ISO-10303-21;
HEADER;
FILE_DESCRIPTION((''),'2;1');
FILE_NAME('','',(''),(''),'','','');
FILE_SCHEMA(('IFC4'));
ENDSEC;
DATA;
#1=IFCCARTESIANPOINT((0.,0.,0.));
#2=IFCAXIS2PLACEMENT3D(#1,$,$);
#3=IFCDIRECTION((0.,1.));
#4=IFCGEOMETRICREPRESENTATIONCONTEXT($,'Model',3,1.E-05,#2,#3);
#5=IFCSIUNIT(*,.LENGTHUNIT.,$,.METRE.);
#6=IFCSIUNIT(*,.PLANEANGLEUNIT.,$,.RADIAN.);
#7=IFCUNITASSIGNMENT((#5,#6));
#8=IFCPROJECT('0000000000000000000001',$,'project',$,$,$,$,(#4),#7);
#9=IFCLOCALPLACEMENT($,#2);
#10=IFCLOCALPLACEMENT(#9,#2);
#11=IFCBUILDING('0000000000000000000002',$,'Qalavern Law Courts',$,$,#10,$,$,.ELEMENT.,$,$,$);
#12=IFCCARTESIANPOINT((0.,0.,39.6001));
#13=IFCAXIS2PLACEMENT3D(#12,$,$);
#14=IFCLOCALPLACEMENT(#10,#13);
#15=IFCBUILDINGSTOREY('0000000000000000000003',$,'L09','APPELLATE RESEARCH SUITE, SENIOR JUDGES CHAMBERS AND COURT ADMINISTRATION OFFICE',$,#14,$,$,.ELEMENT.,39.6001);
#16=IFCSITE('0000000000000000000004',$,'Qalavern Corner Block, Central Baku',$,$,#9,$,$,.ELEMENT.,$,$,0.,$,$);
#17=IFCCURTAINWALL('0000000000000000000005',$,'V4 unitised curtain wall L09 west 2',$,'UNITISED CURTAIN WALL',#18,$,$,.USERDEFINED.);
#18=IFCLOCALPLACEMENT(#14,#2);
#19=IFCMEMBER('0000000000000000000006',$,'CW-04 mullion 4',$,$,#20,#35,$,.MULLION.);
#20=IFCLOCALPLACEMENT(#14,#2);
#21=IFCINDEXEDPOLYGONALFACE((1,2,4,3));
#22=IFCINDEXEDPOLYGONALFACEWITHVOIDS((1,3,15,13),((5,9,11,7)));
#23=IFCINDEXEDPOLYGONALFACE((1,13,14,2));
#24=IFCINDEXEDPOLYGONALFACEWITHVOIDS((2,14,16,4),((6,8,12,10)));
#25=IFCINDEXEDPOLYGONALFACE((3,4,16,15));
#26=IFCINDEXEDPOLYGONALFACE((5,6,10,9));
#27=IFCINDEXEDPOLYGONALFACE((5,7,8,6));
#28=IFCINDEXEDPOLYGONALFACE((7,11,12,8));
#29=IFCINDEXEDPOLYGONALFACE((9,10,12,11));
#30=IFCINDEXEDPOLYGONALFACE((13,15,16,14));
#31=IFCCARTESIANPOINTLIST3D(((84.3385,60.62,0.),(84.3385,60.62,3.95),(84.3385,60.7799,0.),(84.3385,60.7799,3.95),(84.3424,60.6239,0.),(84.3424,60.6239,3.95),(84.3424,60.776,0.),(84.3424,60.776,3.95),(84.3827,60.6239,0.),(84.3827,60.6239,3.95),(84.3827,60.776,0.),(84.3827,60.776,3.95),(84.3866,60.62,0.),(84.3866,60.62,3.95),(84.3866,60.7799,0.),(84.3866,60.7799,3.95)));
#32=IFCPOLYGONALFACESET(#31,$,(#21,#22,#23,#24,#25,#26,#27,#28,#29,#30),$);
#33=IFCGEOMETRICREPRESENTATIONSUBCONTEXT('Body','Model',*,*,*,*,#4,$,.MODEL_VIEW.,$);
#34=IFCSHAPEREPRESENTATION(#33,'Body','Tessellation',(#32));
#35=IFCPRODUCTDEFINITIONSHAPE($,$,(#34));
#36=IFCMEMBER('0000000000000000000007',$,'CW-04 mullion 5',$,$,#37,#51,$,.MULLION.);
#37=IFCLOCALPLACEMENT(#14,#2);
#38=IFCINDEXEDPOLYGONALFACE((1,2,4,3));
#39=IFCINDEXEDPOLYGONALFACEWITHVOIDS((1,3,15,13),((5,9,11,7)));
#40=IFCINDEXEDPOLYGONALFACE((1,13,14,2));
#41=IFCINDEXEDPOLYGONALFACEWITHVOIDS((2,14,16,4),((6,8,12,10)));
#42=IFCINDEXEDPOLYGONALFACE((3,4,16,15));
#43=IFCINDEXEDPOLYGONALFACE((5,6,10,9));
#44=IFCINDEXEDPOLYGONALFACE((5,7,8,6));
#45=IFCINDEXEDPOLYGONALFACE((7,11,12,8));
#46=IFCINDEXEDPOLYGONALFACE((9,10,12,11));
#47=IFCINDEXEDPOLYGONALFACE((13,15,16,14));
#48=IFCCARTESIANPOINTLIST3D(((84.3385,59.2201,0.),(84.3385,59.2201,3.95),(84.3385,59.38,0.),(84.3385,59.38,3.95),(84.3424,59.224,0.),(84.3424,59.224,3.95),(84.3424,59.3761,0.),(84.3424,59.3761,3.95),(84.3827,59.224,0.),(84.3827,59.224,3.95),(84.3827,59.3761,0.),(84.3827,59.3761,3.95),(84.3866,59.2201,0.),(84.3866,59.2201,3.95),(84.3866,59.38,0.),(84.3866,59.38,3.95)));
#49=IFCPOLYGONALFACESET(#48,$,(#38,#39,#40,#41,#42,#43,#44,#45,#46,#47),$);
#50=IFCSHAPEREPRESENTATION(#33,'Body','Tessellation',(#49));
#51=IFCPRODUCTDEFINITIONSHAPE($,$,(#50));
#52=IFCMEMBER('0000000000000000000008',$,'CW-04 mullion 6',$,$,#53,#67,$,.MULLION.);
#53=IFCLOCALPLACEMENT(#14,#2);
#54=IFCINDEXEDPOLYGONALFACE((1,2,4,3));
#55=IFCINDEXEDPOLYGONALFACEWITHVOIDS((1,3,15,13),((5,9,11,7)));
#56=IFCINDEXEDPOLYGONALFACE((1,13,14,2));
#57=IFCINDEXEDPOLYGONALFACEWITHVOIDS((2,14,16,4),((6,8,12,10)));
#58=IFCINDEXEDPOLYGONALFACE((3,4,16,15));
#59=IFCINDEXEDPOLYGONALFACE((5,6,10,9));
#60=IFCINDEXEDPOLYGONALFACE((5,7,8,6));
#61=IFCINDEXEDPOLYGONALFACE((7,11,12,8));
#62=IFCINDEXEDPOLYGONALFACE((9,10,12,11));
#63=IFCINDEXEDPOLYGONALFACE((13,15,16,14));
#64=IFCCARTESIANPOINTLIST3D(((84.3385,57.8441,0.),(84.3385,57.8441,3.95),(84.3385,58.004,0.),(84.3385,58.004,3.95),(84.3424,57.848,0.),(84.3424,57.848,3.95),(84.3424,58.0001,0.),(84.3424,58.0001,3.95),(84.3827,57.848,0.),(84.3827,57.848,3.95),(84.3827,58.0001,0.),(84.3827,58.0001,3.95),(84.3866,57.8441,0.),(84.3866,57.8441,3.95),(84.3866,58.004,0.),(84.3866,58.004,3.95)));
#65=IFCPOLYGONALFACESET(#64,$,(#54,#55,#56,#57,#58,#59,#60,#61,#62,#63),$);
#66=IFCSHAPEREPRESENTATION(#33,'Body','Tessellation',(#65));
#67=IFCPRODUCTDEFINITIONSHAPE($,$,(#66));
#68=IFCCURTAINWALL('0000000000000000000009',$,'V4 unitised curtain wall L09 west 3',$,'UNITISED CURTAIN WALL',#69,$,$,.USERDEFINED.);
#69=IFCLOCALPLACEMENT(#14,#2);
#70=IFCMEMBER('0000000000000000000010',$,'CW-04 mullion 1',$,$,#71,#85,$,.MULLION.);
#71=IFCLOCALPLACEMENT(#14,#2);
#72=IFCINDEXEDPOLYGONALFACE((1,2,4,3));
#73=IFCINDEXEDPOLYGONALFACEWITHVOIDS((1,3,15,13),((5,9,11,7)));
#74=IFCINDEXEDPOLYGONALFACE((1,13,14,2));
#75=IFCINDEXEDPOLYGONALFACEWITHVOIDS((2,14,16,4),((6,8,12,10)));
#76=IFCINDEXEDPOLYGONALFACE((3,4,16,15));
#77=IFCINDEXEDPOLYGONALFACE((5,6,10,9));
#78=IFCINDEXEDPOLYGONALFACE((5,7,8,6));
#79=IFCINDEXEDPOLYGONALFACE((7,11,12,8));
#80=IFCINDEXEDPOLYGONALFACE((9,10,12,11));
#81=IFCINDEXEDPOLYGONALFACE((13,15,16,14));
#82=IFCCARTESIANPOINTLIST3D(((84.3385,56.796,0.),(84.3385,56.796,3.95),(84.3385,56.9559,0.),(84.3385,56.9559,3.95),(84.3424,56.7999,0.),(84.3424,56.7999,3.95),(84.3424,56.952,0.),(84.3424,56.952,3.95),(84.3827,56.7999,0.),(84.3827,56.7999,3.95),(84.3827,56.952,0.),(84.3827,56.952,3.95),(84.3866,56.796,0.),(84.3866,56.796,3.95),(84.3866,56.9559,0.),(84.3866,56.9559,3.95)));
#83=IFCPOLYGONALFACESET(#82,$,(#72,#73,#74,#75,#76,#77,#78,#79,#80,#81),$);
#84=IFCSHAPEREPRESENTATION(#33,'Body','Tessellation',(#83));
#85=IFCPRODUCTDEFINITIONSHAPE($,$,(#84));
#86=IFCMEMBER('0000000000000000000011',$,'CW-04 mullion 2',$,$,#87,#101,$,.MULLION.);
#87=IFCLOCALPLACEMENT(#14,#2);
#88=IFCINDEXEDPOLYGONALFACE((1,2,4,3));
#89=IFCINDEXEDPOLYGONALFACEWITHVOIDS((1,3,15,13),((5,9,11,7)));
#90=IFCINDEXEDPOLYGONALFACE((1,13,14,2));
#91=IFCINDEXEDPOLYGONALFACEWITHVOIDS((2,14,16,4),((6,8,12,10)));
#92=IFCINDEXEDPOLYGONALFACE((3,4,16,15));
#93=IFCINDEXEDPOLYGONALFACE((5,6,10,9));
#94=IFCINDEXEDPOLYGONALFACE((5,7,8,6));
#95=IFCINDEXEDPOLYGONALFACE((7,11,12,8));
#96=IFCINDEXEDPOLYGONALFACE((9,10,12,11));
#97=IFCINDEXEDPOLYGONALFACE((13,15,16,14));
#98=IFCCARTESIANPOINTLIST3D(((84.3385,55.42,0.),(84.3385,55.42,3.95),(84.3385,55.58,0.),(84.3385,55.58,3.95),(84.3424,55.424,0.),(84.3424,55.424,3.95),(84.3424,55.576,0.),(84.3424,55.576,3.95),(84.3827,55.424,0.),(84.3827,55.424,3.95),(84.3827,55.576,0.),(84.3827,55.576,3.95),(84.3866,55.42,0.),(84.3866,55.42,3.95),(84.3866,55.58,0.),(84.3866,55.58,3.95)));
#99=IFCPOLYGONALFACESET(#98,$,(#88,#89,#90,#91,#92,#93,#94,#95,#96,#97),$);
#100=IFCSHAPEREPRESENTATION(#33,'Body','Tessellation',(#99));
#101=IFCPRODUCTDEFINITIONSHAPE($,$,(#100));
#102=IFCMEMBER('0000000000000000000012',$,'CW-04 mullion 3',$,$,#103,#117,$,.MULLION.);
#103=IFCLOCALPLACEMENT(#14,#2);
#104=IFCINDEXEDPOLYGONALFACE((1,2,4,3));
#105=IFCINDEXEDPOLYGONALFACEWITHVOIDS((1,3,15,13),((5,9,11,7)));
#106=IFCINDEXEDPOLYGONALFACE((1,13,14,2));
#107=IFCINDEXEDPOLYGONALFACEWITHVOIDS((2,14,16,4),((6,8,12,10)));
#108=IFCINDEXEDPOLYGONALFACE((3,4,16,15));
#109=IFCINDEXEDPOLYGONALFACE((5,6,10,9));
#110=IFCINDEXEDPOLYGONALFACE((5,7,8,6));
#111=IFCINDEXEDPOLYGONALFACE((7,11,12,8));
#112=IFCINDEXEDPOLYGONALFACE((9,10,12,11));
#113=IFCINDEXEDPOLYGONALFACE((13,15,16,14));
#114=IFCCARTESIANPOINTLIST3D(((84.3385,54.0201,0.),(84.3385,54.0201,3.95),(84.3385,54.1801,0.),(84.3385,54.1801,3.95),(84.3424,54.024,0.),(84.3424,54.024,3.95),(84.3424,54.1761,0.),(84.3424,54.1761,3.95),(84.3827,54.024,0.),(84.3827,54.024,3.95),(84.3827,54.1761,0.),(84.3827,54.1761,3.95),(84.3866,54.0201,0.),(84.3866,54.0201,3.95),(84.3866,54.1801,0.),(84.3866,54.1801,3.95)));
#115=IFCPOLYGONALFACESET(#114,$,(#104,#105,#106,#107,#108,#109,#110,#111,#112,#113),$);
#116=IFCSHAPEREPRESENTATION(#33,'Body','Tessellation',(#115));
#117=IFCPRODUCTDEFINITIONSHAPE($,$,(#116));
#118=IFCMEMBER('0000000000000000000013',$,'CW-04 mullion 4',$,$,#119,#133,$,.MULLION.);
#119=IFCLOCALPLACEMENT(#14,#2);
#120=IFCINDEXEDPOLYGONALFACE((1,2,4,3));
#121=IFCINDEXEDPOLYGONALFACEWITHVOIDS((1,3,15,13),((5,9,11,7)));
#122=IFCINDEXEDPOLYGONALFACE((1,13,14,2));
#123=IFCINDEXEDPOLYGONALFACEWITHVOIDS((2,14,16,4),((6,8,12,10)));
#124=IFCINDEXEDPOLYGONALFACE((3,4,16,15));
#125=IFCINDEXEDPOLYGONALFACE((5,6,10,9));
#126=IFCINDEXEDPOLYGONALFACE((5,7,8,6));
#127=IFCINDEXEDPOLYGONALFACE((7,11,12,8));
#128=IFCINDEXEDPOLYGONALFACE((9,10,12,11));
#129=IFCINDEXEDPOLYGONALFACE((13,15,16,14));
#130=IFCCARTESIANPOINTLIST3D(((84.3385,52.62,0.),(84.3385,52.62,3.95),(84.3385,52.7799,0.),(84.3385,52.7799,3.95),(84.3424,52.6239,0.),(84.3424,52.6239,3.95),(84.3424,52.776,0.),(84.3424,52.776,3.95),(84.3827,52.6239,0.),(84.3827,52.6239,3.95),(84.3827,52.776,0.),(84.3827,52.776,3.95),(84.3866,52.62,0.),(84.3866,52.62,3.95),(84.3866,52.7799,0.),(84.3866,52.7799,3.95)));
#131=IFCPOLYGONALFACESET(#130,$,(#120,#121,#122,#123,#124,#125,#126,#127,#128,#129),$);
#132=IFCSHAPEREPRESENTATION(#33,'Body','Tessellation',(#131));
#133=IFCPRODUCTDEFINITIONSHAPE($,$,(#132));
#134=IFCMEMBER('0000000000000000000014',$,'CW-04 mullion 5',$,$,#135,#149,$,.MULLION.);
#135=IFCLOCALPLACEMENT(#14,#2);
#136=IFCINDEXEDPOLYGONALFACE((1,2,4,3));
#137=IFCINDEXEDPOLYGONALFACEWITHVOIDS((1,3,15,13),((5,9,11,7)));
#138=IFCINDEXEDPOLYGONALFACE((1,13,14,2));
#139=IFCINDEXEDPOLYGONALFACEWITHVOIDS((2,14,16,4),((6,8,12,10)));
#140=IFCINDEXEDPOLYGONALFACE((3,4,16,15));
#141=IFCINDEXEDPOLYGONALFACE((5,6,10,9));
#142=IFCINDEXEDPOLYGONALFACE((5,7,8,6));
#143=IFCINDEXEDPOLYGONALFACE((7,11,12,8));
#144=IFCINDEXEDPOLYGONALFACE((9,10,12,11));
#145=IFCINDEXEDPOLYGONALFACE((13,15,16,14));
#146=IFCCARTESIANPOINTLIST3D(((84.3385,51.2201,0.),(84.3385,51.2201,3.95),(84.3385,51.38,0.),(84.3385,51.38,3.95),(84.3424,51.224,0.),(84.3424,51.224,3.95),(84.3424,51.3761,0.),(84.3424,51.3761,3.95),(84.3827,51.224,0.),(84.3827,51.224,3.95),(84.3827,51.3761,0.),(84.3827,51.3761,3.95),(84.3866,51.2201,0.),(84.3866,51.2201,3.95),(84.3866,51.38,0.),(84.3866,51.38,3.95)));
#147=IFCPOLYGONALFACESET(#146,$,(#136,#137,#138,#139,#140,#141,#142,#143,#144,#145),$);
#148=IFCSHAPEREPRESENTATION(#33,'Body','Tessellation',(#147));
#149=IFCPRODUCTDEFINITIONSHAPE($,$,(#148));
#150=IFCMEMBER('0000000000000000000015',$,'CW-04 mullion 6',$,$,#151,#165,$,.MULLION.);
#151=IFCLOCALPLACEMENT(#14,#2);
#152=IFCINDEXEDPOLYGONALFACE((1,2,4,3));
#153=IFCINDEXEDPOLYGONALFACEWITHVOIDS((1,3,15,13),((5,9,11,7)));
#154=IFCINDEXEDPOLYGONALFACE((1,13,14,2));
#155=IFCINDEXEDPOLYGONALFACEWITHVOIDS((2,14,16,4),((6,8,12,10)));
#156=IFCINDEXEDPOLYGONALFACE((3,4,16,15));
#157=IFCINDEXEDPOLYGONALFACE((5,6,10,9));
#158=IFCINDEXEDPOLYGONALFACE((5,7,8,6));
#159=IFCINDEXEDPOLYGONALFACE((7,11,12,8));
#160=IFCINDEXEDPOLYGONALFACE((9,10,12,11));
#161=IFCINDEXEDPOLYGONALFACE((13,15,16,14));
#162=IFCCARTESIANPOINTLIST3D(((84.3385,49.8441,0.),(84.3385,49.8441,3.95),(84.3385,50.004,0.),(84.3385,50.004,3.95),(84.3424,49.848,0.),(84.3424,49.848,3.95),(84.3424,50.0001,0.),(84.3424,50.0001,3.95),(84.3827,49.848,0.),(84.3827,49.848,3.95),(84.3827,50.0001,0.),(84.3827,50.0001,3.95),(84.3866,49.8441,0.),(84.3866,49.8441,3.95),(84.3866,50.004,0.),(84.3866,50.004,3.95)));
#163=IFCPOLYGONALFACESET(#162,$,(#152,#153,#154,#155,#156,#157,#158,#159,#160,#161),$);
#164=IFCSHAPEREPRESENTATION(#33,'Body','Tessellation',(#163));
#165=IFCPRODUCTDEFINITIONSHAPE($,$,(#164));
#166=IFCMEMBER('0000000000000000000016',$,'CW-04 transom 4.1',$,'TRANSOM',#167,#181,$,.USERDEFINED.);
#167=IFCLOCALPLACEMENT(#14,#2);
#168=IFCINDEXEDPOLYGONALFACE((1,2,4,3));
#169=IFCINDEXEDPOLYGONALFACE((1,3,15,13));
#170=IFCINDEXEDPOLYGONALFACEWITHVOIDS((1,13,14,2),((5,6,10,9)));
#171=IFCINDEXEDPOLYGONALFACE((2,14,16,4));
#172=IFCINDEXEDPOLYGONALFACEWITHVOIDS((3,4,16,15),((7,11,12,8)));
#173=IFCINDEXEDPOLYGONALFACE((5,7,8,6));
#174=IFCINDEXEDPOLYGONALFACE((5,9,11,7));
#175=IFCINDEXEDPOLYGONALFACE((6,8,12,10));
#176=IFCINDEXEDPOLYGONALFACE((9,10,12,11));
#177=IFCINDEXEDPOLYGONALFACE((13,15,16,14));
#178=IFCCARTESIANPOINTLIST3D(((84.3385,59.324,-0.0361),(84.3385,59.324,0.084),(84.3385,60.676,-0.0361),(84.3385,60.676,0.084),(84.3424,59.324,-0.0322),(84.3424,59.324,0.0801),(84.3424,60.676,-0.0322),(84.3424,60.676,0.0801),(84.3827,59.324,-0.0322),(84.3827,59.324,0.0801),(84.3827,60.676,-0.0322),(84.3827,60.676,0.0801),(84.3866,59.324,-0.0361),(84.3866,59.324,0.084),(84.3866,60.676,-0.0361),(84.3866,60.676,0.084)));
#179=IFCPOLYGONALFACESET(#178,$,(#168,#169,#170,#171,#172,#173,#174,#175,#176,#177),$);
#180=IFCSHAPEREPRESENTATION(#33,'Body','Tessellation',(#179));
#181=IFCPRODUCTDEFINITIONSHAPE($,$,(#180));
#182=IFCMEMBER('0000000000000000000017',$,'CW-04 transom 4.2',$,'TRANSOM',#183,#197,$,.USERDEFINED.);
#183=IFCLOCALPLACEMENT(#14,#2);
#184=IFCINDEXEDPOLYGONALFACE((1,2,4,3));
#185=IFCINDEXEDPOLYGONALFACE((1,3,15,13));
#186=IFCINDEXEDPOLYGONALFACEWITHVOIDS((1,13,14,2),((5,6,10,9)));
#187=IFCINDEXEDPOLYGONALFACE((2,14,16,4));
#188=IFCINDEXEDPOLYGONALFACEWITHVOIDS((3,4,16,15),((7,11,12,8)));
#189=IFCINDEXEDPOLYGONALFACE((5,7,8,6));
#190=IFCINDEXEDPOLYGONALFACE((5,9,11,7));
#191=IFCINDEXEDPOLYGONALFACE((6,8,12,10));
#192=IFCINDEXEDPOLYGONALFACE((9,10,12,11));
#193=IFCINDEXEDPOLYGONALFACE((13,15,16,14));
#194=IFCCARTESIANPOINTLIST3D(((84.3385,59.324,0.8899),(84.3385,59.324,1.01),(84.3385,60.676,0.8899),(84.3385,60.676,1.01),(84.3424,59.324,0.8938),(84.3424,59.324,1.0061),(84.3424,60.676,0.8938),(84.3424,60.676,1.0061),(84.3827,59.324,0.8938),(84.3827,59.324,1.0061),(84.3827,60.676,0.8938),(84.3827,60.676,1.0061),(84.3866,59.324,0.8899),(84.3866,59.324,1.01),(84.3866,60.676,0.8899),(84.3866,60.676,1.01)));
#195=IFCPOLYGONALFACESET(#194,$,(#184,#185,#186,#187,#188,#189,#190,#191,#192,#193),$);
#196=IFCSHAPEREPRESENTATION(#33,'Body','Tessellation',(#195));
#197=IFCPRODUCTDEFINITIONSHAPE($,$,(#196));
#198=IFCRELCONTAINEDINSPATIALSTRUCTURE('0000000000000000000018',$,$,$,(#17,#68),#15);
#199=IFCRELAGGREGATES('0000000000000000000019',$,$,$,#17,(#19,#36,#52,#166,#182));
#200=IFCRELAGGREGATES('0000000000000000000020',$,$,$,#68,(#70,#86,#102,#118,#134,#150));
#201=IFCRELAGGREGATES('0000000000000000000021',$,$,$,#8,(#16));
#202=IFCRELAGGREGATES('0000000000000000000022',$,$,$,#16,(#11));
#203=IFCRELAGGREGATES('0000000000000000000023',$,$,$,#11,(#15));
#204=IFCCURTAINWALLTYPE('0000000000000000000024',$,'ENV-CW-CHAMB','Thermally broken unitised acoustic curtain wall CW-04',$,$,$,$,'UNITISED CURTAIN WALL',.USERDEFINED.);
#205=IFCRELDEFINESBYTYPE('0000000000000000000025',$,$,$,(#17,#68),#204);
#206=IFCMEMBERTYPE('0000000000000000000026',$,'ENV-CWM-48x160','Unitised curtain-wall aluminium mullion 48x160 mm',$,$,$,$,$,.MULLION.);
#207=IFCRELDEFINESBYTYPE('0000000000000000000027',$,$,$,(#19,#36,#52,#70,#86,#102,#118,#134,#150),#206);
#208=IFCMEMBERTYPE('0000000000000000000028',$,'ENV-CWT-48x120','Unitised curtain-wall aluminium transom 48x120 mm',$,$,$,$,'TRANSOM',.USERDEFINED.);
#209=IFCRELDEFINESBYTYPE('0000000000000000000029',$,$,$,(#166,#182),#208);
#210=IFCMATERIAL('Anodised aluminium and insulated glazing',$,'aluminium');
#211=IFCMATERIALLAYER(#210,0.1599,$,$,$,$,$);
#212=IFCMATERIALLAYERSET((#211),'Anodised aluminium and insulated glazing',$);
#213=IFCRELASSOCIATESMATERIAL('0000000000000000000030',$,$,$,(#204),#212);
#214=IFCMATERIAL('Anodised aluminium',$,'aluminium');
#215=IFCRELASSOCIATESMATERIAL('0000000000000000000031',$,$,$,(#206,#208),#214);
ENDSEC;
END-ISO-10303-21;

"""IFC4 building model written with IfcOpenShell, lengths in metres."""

from ifc_helpers import new_model, si_unit, direction, frame, origin, origin_2d, place, context, subcontext, project, spatial, hollow_rectangle, extrude, material, layer, layer_set, material_profile, profile_set, type_object, element, aggregate, save


model = new_model("IFC4")

# Units and contexts
model_context = context("Model", 3, precision=1e-05, world=origin(), true_north=direction((0.0, 1.0)))
body_context = subcontext(model_context, "Body", "Model", "MODEL_VIEW")
ifc_project = project(units=[si_unit("LENGTHUNIT", "METRE"), si_unit("PLANEANGLEUNIT", "RADIAN")], contexts=[model_context])

# Site, building, storey
site_placement = place(None, origin())
site = spatial("IfcSite", under=ifc_project, at=site_placement, Name="Qalavern Corner Block, Central Baku", CompositionType="ELEMENT", RefElevation=0.0)
building_placement = place(site_placement, origin())
building = spatial("IfcBuilding", under=site, at=building_placement, Name="Qalavern Law Courts", CompositionType="ELEMENT")
storey_placement = place(building_placement, frame((0.0, 0.0, 39.6001)))
storey = spatial("IfcBuildingStorey", under=building, at=storey_placement, Name="L09", Description="APPELLATE RESEARCH SUITE, SENIOR JUDGES CHAMBERS AND COURT ADMINISTRATION OFFICE", CompositionType="ELEMENT", Elevation=39.6001)

# Curtain walls, members
ifc_material_1 = material(Name="Anodised aluminium and insulated glazing", Category="aluminium")
ifc_layer_1 = layer(ifc_material_1, 0.1599)
ifc_layer_set_1 = layer_set([ifc_layer_1], Name="Anodised aluminium and insulated glazing")
curtain_wall_type = type_object("IfcCurtainWallType", Name="ENV-CW-CHAMB", Description="Thermally broken unitised acoustic curtain wall CW-04", ElementType="UNITISED CURTAIN WALL", PredefinedType="USERDEFINED", material=ifc_layer_set_1)
curtain_wall_1_placement = place(storey_placement, origin())
curtain_wall_1 = element("IfcCurtainWall", 1, at=curtain_wall_1_placement, inside=storey, type_object=curtain_wall_type, Name="V4 unitised curtain wall L09 west 2", ObjectType="UNITISED CURTAIN WALL", PredefinedType="USERDEFINED")
ifc_material_2 = material(Name="Anodised aluminium", Category="aluminium")
ifc_material_profile_1 = material_profile(ifc_material_2, hollow_rectangle(XDim=0.0481, YDim=0.1599, WallThickness=0.0039, at=origin_2d()), Name="ALU MULLION 48x160")
ifc_profile_set_1 = profile_set([ifc_material_profile_1], Name="Anodised aluminium")
member_type_1 = type_object("IfcMemberType", Name="ENV-CWM-48x160", Description="Unitised curtain-wall aluminium mullion 48x160 mm", PredefinedType="MULLION", material=ifc_profile_set_1)
member_1_placement = place(storey_placement, frame((84.3625, 60.7, 0.0), z_axis=(0.0, 0.0, 1.0), x_axis=(1.0, 0.0, 0.0)))
member_1 = element("IfcMember", 2, at=member_1_placement, type_object=member_type_1, Name="CW-04 mullion 4", PredefinedType="MULLION", context=body_context, shape_type="SweptSolid", body=[
    extrude(hollow_rectangle(XDim=0.0481, YDim=0.1599, WallThickness=0.0039, at=origin_2d()), origin(), (0.0, 0.0, 1.0), 3.95),
])
member_2_placement = place(storey_placement, frame((84.3625, 59.3, 0.0), z_axis=(0.0, 0.0, 1.0), x_axis=(1.0, 0.0, 0.0)))
member_2 = element("IfcMember", 3, at=member_2_placement, type_object=member_type_1, Name="CW-04 mullion 5", PredefinedType="MULLION", context=body_context, shape_type="SweptSolid", body=[
    extrude(hollow_rectangle(XDim=0.0481, YDim=0.1599, WallThickness=0.0039, at=origin_2d()), origin(), (0.0, 0.0, 1.0), 3.95),
])
member_3_placement = place(storey_placement, frame((84.3625, 57.9241, 0.0), z_axis=(0.0, 0.0, 1.0), x_axis=(1.0, 0.0, 0.0)))
member_3 = element("IfcMember", 4, at=member_3_placement, type_object=member_type_1, Name="CW-04 mullion 6", PredefinedType="MULLION", context=body_context, shape_type="SweptSolid", body=[
    extrude(hollow_rectangle(XDim=0.0481, YDim=0.1599, WallThickness=0.0039, at=origin_2d()), origin(), (0.0, 0.0, 1.0), 3.95),
])
curtain_wall_2_placement = place(storey_placement, origin())
curtain_wall_2 = element("IfcCurtainWall", 5, at=curtain_wall_2_placement, inside=storey, type_object=curtain_wall_type, Name="V4 unitised curtain wall L09 west 3", ObjectType="UNITISED CURTAIN WALL", PredefinedType="USERDEFINED")
member_4_placement = place(storey_placement, frame((84.3625, 56.876, 0.0), z_axis=(0.0, 0.0, 1.0), x_axis=(1.0, 0.0, 0.0)))
member_4 = element("IfcMember", 6, at=member_4_placement, type_object=member_type_1, Name="CW-04 mullion 1", PredefinedType="MULLION", context=body_context, shape_type="SweptSolid", body=[
    extrude(hollow_rectangle(XDim=0.0481, YDim=0.1599, WallThickness=0.0039, at=origin_2d()), origin(), (0.0, 0.0, 1.0), 3.95),
])
member_5_placement = place(storey_placement, frame((84.3625, 55.5, 0.0), z_axis=(0.0, 0.0, 1.0), x_axis=(1.0, 0.0, 0.0)))
member_5 = element("IfcMember", 7, at=member_5_placement, type_object=member_type_1, Name="CW-04 mullion 2", PredefinedType="MULLION", context=body_context, shape_type="SweptSolid", body=[
    extrude(hollow_rectangle(XDim=0.0481, YDim=0.1599, WallThickness=0.0039, at=origin_2d()), origin(), (0.0, 0.0, 1.0), 3.95),
])
member_6_placement = place(storey_placement, frame((84.3625, 54.1001, 0.0), z_axis=(0.0, 0.0, 1.0), x_axis=(1.0, 0.0, 0.0)))
member_6 = element("IfcMember", 8, at=member_6_placement, type_object=member_type_1, Name="CW-04 mullion 3", PredefinedType="MULLION", context=body_context, shape_type="SweptSolid", body=[
    extrude(hollow_rectangle(XDim=0.0481, YDim=0.1599, WallThickness=0.0039, at=origin_2d()), origin(), (0.0, 0.0, 1.0), 3.95),
])
member_7_placement = place(storey_placement, frame((84.3625, 52.7, 0.0), z_axis=(0.0, 0.0, 1.0), x_axis=(1.0, 0.0, 0.0)))
member_7 = element("IfcMember", 9, at=member_7_placement, type_object=member_type_1, Name="CW-04 mullion 4", PredefinedType="MULLION", context=body_context, shape_type="SweptSolid", body=[
    extrude(hollow_rectangle(XDim=0.0481, YDim=0.1599, WallThickness=0.0039, at=origin_2d()), origin(), (0.0, 0.0, 1.0), 3.95),
])
member_8_placement = place(storey_placement, frame((84.3625, 51.3, 0.0), z_axis=(0.0, 0.0, 1.0), x_axis=(1.0, 0.0, 0.0)))
member_8 = element("IfcMember", 10, at=member_8_placement, type_object=member_type_1, Name="CW-04 mullion 5", PredefinedType="MULLION", context=body_context, shape_type="SweptSolid", body=[
    extrude(hollow_rectangle(XDim=0.0481, YDim=0.1599, WallThickness=0.0039, at=origin_2d()), origin(), (0.0, 0.0, 1.0), 3.95),
])
member_9_placement = place(storey_placement, frame((84.3625, 49.9241, 0.0), z_axis=(0.0, 0.0, 1.0), x_axis=(1.0, 0.0, 0.0)))
member_9 = element("IfcMember", 11, at=member_9_placement, type_object=member_type_1, Name="CW-04 mullion 6", PredefinedType="MULLION", context=body_context, shape_type="SweptSolid", body=[
    extrude(hollow_rectangle(XDim=0.0481, YDim=0.1599, WallThickness=0.0039, at=origin_2d()), origin(), (0.0, 0.0, 1.0), 3.95),
])

# Members
ifc_material_profile_2 = material_profile(ifc_material_2, hollow_rectangle(XDim=0.0481, YDim=0.1201, WallThickness=0.0039, at=origin_2d()), Name="ALU TRANSOM 48x120")
ifc_profile_set_2 = profile_set([ifc_material_profile_2], Name="Anodised aluminium")
member_type_2 = type_object("IfcMemberType", Name="ENV-CWT-48x120", Description="Unitised curtain-wall aluminium transom 48x120 mm", ElementType="TRANSOM", PredefinedType="USERDEFINED", material=ifc_profile_set_2)
member_10_placement = place(storey_placement, frame((84.3625, 60.676, 0.0239), z_axis=(0.0, -1.0, 0.0), x_axis=(1.0, 0.0, 0.0)))
member_10 = element("IfcMember", 12, at=member_10_placement, type_object=member_type_2, Name="CW-04 transom 4.1", ObjectType="TRANSOM", PredefinedType="USERDEFINED", context=body_context, shape_type="SweptSolid", body=[
    extrude(hollow_rectangle(XDim=0.0481, YDim=0.1201, WallThickness=0.0039, at=origin_2d()), origin(), (0.0, 0.0, 1.0), 1.3521),
])
member_11_placement = place(storey_placement, frame((84.3625, 60.676, 0.95), z_axis=(0.0, -1.0, 0.0), x_axis=(1.0, 0.0, 0.0)))
member_11 = element("IfcMember", 13, at=member_11_placement, type_object=member_type_2, Name="CW-04 transom 4.2", ObjectType="TRANSOM", PredefinedType="USERDEFINED", context=body_context, shape_type="SweptSolid", body=[
    extrude(hollow_rectangle(XDim=0.0481, YDim=0.1201, WallThickness=0.0039, at=origin_2d()), origin(), (0.0, 0.0, 1.0), 1.3521),
])

aggregate(curtain_wall_1, [member_1, member_2, member_3, member_10, member_11])
aggregate(curtain_wall_2, [member_4, member_5, member_6, member_7, member_8, member_9])

save(model, "model.ifc")
